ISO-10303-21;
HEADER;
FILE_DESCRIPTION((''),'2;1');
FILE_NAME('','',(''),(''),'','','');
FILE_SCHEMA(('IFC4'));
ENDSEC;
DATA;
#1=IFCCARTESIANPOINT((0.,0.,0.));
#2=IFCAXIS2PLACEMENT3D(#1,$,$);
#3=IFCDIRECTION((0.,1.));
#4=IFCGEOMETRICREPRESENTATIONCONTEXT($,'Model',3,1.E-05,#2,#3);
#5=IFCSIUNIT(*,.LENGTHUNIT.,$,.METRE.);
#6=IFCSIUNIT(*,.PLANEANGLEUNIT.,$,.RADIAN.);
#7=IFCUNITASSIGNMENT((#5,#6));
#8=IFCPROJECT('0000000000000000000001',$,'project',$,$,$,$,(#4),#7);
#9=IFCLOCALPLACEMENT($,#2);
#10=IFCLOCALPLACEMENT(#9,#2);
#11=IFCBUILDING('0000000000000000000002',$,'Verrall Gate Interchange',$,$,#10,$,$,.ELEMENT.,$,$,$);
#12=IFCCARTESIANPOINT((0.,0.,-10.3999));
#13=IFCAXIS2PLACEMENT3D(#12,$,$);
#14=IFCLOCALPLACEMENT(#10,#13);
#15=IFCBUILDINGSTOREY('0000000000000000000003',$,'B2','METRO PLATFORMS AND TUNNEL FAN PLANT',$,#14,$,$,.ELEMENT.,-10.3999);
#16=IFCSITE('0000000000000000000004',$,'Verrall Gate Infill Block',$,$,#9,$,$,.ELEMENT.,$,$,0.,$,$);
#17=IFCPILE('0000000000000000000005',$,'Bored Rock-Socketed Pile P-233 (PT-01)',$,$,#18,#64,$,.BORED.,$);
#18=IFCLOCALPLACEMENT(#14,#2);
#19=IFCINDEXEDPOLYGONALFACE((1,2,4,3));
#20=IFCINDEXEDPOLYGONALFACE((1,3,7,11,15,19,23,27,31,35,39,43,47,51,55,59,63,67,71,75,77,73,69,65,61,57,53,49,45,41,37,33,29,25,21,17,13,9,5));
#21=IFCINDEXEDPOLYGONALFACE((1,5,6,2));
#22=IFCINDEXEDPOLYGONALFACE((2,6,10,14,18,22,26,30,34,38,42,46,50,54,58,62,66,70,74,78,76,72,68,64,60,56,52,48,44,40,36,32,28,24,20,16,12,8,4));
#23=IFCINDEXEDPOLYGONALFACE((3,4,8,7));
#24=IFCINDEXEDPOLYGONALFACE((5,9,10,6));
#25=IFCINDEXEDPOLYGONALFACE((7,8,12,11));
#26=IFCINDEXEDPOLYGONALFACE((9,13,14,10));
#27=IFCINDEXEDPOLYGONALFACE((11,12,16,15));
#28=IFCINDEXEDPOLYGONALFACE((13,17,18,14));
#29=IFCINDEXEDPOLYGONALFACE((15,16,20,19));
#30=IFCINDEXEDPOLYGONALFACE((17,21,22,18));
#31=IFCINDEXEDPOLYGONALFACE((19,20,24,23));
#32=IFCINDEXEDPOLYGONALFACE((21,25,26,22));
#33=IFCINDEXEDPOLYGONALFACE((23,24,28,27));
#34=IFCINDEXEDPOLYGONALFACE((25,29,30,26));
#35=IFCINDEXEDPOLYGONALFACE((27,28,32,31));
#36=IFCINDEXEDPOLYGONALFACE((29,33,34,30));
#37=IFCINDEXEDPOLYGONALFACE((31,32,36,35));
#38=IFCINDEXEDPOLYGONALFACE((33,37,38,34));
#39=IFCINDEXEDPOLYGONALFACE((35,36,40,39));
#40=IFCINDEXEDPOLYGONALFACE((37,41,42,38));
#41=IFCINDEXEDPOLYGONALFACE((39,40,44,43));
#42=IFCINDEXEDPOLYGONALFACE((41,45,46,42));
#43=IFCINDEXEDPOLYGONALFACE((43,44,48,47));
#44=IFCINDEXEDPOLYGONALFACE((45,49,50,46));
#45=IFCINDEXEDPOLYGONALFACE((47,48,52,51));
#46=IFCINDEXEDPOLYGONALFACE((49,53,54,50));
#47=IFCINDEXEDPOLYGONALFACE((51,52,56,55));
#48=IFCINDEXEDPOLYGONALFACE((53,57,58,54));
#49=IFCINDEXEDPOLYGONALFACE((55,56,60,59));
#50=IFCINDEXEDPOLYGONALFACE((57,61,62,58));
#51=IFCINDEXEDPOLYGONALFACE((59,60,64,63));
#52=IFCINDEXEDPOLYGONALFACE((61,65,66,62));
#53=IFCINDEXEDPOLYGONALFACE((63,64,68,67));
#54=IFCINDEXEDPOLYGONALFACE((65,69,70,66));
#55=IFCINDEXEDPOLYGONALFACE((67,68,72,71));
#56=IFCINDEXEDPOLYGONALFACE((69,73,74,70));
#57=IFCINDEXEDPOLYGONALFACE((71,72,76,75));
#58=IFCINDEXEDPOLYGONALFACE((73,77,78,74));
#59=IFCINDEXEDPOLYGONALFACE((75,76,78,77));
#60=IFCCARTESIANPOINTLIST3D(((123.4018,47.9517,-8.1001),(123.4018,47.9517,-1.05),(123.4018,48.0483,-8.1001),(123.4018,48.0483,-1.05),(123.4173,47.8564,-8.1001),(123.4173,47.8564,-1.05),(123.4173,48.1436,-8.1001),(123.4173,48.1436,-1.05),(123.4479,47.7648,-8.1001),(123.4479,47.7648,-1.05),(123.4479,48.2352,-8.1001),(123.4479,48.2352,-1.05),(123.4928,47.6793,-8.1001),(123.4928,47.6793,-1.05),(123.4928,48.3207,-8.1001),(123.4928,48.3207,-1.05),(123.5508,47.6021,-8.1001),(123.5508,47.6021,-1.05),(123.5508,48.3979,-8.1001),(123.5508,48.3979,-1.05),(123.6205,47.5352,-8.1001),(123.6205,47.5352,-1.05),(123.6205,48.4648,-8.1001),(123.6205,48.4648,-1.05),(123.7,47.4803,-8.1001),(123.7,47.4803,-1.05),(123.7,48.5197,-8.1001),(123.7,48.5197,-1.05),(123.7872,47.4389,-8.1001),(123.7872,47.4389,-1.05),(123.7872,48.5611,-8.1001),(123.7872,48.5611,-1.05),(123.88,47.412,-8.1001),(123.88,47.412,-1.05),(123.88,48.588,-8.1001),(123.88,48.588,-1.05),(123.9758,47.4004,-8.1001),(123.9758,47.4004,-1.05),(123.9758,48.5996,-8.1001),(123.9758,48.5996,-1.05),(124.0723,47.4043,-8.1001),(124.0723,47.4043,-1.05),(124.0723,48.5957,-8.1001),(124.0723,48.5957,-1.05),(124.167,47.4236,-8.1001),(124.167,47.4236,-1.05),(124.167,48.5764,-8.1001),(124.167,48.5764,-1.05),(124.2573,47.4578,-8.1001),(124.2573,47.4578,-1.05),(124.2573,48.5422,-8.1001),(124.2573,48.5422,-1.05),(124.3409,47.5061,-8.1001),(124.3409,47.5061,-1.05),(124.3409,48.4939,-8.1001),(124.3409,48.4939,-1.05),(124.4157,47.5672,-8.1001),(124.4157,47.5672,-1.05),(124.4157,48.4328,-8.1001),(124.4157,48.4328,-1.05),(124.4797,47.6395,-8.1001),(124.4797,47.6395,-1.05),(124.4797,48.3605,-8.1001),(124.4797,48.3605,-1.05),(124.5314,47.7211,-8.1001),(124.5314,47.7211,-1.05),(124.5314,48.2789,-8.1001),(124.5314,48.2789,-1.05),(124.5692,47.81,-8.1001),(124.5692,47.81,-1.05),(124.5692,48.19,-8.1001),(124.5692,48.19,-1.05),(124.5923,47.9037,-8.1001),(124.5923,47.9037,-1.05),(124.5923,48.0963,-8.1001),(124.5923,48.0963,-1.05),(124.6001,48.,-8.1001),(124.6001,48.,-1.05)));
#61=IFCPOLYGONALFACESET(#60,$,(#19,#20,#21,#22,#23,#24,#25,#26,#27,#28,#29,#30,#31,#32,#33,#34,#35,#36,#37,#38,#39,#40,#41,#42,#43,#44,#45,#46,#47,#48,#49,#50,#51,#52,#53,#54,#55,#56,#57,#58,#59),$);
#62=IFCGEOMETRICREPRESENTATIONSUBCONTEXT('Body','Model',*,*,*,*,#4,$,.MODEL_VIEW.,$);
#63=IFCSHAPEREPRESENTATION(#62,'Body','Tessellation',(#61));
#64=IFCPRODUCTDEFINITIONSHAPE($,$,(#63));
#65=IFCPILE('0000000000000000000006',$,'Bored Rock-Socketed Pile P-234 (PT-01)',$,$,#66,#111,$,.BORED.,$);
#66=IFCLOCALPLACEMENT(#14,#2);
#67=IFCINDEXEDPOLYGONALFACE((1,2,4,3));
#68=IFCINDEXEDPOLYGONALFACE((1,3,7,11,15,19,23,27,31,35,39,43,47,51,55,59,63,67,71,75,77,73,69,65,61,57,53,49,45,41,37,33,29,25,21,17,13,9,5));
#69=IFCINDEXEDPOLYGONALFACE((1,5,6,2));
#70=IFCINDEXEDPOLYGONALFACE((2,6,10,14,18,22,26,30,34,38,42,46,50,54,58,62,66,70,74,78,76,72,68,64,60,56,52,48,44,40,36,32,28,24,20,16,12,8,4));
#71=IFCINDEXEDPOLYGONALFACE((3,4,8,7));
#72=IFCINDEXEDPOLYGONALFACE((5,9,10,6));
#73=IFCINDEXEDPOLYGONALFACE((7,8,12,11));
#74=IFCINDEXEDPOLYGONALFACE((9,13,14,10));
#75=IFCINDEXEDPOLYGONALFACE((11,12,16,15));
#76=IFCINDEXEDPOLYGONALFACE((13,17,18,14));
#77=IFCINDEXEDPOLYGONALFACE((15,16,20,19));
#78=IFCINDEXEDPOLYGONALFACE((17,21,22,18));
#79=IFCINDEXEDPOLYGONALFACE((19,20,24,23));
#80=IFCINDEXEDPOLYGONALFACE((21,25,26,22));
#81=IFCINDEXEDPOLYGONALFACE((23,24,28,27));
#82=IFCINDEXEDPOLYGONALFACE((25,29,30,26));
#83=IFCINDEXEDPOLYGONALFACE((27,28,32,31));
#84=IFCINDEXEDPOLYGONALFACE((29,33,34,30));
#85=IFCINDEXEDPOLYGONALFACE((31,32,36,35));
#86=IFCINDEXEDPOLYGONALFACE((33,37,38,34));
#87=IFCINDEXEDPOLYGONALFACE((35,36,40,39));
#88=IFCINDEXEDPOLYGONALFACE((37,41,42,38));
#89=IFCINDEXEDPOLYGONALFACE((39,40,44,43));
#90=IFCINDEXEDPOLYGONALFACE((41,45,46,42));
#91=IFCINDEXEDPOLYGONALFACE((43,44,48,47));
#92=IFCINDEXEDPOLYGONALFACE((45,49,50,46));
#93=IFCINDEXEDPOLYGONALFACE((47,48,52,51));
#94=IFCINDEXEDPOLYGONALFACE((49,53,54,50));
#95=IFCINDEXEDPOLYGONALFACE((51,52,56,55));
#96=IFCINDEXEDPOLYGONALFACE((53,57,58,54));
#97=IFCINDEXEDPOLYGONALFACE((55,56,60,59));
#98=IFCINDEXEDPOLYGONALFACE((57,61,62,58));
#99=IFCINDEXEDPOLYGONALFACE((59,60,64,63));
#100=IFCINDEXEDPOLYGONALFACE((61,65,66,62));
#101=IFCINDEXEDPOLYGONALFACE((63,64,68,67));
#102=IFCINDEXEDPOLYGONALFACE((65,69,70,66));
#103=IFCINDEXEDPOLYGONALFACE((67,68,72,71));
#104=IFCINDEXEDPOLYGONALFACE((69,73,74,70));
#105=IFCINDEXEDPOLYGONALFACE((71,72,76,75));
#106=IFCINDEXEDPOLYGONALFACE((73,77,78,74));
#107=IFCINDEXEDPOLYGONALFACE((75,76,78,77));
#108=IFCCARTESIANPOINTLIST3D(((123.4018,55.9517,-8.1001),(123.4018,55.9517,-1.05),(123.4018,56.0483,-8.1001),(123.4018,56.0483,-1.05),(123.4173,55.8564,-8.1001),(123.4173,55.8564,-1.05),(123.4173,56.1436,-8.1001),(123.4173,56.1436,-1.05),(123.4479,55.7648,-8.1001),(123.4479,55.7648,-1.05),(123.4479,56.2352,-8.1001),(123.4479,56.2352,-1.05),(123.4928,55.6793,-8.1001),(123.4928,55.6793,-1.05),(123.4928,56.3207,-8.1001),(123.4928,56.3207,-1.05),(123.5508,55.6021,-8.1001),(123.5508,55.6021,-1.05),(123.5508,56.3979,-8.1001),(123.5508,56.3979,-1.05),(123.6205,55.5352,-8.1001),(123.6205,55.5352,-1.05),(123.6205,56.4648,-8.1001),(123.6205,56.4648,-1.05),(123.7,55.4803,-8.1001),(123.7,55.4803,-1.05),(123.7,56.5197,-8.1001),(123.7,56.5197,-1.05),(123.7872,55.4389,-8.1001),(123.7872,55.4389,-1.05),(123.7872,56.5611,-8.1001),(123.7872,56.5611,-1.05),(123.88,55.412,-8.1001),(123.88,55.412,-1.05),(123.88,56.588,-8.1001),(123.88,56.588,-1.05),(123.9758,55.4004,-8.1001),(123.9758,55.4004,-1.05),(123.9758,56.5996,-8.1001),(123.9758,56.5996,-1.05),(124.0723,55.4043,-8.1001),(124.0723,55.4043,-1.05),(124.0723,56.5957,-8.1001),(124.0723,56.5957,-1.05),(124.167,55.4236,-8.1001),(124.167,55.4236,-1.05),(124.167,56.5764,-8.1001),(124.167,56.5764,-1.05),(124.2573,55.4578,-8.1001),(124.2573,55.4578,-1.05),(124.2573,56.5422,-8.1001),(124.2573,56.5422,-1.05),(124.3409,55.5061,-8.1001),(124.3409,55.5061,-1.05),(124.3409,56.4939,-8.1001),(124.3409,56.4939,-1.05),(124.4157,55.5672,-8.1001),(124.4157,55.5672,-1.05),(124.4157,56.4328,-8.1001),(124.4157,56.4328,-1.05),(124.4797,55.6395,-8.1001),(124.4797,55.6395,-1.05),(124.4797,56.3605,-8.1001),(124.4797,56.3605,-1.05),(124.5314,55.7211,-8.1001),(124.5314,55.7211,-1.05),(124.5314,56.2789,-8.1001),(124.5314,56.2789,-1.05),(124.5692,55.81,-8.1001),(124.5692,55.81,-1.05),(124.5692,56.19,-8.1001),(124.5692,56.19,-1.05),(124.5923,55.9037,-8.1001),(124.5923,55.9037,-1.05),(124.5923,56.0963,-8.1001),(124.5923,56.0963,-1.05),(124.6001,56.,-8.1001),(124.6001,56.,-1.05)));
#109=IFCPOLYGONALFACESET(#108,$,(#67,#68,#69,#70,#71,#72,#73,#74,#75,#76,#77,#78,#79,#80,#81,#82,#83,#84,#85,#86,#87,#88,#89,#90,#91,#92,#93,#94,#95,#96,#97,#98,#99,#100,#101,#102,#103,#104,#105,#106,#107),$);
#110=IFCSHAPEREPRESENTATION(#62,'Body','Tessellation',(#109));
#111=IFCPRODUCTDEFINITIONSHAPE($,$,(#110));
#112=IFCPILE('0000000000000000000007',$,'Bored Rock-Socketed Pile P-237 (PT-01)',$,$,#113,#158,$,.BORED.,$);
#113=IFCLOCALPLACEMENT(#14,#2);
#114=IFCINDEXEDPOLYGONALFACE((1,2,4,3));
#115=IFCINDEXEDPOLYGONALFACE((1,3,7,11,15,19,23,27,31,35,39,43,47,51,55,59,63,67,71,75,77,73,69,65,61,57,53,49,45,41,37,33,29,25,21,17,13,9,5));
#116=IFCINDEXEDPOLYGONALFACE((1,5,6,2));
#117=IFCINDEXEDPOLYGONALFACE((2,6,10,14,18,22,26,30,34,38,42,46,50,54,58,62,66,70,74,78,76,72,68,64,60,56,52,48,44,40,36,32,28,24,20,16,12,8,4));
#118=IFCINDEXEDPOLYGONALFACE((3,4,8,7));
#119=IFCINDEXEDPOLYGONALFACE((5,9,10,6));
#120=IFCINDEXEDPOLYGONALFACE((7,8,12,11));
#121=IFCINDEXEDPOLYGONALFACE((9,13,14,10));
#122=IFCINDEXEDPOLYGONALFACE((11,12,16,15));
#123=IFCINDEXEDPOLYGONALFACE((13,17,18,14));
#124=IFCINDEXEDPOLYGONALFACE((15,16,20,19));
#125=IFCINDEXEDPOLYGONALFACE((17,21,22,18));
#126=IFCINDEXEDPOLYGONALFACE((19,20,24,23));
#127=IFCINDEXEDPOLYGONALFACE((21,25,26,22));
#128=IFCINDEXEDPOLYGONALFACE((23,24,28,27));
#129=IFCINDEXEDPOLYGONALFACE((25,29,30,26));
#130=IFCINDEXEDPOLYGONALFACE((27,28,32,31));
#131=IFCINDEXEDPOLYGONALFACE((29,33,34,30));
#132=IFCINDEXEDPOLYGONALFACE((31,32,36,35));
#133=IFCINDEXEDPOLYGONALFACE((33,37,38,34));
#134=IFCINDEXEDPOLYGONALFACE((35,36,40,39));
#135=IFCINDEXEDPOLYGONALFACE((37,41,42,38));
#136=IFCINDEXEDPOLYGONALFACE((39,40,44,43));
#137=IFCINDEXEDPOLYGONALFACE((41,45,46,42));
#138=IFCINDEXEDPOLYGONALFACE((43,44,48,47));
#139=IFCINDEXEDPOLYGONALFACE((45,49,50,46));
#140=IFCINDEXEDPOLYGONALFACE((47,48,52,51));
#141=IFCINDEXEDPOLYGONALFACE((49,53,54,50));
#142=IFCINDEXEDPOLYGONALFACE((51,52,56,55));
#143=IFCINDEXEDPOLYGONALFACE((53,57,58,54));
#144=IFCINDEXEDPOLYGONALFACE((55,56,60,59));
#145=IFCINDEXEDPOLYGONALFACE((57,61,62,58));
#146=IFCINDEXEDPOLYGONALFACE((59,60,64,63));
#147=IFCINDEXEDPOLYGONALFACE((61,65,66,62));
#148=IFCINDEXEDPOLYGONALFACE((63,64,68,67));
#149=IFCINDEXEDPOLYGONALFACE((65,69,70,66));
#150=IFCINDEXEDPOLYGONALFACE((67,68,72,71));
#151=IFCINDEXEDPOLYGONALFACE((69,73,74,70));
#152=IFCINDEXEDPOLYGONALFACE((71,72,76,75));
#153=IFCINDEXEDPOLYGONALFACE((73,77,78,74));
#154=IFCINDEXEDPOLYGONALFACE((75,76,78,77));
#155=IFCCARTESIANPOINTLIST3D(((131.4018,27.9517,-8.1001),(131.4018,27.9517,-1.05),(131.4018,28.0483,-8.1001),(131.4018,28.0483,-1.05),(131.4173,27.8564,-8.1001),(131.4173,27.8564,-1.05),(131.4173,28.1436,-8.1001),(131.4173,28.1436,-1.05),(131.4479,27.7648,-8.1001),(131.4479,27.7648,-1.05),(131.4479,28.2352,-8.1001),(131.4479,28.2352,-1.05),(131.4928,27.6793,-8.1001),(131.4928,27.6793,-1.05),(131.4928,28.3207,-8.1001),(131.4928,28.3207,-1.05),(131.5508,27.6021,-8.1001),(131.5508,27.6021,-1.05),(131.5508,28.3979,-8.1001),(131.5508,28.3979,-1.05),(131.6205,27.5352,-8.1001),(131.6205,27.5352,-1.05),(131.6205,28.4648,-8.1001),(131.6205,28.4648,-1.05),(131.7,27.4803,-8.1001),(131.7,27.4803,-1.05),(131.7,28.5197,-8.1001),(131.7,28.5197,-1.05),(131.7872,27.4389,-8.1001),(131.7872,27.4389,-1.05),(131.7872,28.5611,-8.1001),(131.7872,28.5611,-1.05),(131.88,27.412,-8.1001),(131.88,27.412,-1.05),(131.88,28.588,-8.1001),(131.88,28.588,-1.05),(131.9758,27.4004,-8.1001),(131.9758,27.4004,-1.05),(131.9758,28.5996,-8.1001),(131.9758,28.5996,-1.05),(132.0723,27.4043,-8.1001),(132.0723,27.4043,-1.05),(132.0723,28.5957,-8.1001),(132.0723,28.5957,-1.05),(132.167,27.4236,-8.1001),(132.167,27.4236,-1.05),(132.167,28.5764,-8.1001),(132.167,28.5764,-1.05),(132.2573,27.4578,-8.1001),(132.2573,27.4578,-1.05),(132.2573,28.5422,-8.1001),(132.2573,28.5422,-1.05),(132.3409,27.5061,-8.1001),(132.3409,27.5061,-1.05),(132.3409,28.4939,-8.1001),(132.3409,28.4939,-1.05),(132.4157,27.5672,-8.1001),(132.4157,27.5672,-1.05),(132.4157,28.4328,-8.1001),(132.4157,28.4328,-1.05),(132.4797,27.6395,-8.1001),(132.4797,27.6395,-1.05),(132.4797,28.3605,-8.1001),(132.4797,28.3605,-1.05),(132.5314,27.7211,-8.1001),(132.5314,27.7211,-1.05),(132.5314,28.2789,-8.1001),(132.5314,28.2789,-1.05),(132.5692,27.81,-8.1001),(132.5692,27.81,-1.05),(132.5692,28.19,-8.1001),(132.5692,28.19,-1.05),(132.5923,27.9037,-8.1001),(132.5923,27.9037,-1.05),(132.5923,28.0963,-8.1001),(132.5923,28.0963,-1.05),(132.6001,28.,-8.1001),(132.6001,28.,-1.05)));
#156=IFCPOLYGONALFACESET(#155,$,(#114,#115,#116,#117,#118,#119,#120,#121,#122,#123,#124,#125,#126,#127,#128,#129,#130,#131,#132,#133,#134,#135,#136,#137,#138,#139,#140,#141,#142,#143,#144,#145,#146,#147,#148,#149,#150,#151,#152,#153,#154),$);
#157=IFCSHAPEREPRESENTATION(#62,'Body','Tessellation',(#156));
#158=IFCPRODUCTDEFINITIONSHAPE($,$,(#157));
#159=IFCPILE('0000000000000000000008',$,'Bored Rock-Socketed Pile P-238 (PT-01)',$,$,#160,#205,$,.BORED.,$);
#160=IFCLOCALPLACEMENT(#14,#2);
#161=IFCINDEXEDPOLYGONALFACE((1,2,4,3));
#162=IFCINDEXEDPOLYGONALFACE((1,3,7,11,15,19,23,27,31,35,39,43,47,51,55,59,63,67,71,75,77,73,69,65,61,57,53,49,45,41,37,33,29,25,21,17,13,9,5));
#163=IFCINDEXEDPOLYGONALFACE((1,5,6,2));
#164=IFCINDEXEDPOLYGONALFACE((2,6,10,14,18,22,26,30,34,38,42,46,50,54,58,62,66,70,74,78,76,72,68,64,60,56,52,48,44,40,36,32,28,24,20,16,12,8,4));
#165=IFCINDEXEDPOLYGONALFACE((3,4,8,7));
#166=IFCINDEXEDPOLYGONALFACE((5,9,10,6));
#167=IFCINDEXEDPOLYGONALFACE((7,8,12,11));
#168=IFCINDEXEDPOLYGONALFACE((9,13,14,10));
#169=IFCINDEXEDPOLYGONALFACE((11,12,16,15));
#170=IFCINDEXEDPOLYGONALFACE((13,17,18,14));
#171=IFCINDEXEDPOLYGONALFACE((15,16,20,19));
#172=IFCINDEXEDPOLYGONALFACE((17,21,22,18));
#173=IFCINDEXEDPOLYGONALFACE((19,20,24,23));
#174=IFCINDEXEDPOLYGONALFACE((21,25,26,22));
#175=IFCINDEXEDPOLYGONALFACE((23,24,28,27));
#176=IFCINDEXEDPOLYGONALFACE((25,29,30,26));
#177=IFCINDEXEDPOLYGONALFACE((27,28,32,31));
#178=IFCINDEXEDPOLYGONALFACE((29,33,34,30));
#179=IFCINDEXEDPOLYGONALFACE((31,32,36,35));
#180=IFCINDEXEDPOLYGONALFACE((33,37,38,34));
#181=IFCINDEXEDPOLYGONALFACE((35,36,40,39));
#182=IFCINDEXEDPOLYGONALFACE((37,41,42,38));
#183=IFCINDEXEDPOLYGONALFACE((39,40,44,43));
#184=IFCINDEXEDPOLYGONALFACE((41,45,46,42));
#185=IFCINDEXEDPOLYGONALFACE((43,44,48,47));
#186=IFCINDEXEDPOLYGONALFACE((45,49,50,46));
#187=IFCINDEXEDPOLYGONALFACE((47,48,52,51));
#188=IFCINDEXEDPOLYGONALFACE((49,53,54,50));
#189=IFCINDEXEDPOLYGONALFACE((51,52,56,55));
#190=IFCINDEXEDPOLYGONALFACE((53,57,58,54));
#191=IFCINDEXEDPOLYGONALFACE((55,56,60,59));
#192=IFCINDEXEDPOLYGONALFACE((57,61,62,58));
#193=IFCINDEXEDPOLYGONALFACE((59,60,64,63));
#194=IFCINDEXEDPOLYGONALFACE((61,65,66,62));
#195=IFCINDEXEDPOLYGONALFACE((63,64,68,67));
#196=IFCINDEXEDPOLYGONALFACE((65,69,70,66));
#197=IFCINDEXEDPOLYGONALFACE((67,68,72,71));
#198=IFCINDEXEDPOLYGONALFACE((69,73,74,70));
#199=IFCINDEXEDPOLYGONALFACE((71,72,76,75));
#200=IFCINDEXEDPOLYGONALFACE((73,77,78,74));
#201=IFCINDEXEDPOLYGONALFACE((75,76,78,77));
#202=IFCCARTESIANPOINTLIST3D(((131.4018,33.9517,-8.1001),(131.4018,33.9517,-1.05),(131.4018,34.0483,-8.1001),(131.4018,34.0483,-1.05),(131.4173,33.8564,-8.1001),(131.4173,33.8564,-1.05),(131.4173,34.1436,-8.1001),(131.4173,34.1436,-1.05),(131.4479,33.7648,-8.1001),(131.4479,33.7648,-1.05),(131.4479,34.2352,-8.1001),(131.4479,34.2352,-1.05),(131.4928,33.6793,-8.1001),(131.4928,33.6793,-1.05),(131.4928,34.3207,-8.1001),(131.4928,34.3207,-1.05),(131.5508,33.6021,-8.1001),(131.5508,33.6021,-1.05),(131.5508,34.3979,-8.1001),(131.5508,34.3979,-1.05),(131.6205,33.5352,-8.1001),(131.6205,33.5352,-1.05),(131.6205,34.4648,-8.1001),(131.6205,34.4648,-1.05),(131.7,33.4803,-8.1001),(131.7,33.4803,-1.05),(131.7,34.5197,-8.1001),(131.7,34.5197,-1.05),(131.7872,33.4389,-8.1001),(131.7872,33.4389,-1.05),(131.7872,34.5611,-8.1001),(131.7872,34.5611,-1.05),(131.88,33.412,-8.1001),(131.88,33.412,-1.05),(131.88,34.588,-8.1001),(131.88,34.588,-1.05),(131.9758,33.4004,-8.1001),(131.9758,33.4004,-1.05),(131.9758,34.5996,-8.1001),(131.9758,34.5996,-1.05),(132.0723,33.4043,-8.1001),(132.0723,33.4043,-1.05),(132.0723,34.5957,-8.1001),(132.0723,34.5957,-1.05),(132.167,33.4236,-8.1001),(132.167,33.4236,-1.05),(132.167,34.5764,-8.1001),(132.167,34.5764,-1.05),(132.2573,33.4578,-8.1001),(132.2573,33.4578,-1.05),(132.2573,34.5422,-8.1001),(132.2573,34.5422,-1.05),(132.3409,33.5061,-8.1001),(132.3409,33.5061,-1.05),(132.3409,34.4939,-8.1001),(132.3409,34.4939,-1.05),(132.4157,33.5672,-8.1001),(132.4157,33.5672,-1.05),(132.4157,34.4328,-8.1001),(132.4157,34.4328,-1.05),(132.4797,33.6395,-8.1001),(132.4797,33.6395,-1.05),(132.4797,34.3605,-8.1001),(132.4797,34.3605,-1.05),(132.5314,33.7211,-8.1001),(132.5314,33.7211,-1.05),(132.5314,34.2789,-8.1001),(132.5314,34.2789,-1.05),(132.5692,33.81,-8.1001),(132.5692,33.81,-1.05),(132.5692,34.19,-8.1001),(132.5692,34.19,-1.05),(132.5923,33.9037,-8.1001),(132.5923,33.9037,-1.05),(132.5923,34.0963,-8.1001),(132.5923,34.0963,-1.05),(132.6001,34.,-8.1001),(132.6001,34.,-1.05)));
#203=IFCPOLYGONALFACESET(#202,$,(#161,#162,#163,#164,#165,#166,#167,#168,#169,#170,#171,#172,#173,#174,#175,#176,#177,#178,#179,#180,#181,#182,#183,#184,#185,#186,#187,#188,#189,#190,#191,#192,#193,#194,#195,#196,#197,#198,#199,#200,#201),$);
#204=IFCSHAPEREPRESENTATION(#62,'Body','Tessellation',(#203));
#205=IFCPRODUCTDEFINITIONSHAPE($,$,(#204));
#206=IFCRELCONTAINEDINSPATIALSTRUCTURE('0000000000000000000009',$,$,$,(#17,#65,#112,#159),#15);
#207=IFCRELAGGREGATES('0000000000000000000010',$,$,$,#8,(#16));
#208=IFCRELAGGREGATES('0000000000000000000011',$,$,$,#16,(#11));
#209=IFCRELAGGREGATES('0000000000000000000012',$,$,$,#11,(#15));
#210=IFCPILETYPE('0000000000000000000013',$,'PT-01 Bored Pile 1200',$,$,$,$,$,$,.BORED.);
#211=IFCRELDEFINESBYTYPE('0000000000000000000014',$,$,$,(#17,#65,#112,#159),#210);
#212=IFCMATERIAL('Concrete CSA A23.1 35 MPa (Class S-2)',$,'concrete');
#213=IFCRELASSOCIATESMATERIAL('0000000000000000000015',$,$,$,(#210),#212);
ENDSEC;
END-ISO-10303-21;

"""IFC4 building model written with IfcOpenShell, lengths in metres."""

from ifc_helpers import new_model, si_unit, direction, frame, origin, origin_2d, place, context, subcontext, project, spatial, circle, extrude, material, material_profile, profile_set, type_object, element, save


model = new_model("IFC4")

# Units and contexts
model_context = context("Model", 3, precision=1e-05, world=origin(), true_north=direction((0.0, 1.0)))
body_context = subcontext(model_context, "Body", "Model", "MODEL_VIEW")
ifc_project = project(units=[si_unit("LENGTHUNIT", "METRE"), si_unit("PLANEANGLEUNIT", "RADIAN")], contexts=[model_context])

# Site, building, storey
site_placement = place(None, origin())
site = spatial("IfcSite", under=ifc_project, at=site_placement, Name="Verrall Gate Infill Block", CompositionType="ELEMENT", RefElevation=0.0)
building_placement = place(site_placement, origin())
building = spatial("IfcBuilding", under=site, at=building_placement, Name="Verrall Gate Interchange", CompositionType="ELEMENT")
storey_placement = place(building_placement, frame((0.0, 0.0, -10.3999)))
storey = spatial("IfcBuildingStorey", under=building, at=storey_placement, Name="B2", Description="METRO PLATFORMS AND TUNNEL FAN PLANT", CompositionType="ELEMENT", Elevation=-10.3999)

# Piles
ifc_material_1 = material(Name="Concrete CSA A23.1 35 MPa (Class S-2)", Category="concrete")
ifc_material_profile_1 = material_profile(ifc_material_1, circle(Radius=0.6001, at=origin_2d()), Name="PILE1200D")
ifc_profile_set_1 = profile_set([ifc_material_profile_1], Name="Concrete CSA A23.1 35 MPa (Class S-2)")
pile_type = type_object("IfcPileType", Name="PT-01 Bored Pile 1200", PredefinedType="BORED", material=ifc_profile_set_1)
for number, where, z_axis, x_axis, name in (
    (1, (124.0, 48.0, -1.05), (0.0, 0.0, -1.0), (1.0, 0.0, 0.0), "Bored Rock-Socketed Pile P-233 (PT-01)"),
    (2, (124.0, 56.0, -1.05), (0.0, 0.0, -1.0), (1.0, 0.0, 0.0), "Bored Rock-Socketed Pile P-234 (PT-01)"),
    (3, (132.0, 28.0, -1.05), (0.0, 0.0, -1.0), (1.0, 0.0, 0.0), "Bored Rock-Socketed Pile P-237 (PT-01)"),
    (4, (132.0, 34.0, -1.05), (0.0, 0.0, -1.0), (1.0, 0.0, 0.0), "Bored Rock-Socketed Pile P-238 (PT-01)"),
):
    element("IfcPile", number, at=place(storey_placement, frame(where, z_axis=z_axis, x_axis=x_axis)), inside=storey, type_object=pile_type, Name=name, PredefinedType="BORED", context=body_context, shape_type="SweptSolid", body=[
        extrude(circle(Radius=0.6001, at=origin_2d()), origin(), (0.0, 0.0, 1.0), 7.05),
    ])

save(model, "model.ifc")
